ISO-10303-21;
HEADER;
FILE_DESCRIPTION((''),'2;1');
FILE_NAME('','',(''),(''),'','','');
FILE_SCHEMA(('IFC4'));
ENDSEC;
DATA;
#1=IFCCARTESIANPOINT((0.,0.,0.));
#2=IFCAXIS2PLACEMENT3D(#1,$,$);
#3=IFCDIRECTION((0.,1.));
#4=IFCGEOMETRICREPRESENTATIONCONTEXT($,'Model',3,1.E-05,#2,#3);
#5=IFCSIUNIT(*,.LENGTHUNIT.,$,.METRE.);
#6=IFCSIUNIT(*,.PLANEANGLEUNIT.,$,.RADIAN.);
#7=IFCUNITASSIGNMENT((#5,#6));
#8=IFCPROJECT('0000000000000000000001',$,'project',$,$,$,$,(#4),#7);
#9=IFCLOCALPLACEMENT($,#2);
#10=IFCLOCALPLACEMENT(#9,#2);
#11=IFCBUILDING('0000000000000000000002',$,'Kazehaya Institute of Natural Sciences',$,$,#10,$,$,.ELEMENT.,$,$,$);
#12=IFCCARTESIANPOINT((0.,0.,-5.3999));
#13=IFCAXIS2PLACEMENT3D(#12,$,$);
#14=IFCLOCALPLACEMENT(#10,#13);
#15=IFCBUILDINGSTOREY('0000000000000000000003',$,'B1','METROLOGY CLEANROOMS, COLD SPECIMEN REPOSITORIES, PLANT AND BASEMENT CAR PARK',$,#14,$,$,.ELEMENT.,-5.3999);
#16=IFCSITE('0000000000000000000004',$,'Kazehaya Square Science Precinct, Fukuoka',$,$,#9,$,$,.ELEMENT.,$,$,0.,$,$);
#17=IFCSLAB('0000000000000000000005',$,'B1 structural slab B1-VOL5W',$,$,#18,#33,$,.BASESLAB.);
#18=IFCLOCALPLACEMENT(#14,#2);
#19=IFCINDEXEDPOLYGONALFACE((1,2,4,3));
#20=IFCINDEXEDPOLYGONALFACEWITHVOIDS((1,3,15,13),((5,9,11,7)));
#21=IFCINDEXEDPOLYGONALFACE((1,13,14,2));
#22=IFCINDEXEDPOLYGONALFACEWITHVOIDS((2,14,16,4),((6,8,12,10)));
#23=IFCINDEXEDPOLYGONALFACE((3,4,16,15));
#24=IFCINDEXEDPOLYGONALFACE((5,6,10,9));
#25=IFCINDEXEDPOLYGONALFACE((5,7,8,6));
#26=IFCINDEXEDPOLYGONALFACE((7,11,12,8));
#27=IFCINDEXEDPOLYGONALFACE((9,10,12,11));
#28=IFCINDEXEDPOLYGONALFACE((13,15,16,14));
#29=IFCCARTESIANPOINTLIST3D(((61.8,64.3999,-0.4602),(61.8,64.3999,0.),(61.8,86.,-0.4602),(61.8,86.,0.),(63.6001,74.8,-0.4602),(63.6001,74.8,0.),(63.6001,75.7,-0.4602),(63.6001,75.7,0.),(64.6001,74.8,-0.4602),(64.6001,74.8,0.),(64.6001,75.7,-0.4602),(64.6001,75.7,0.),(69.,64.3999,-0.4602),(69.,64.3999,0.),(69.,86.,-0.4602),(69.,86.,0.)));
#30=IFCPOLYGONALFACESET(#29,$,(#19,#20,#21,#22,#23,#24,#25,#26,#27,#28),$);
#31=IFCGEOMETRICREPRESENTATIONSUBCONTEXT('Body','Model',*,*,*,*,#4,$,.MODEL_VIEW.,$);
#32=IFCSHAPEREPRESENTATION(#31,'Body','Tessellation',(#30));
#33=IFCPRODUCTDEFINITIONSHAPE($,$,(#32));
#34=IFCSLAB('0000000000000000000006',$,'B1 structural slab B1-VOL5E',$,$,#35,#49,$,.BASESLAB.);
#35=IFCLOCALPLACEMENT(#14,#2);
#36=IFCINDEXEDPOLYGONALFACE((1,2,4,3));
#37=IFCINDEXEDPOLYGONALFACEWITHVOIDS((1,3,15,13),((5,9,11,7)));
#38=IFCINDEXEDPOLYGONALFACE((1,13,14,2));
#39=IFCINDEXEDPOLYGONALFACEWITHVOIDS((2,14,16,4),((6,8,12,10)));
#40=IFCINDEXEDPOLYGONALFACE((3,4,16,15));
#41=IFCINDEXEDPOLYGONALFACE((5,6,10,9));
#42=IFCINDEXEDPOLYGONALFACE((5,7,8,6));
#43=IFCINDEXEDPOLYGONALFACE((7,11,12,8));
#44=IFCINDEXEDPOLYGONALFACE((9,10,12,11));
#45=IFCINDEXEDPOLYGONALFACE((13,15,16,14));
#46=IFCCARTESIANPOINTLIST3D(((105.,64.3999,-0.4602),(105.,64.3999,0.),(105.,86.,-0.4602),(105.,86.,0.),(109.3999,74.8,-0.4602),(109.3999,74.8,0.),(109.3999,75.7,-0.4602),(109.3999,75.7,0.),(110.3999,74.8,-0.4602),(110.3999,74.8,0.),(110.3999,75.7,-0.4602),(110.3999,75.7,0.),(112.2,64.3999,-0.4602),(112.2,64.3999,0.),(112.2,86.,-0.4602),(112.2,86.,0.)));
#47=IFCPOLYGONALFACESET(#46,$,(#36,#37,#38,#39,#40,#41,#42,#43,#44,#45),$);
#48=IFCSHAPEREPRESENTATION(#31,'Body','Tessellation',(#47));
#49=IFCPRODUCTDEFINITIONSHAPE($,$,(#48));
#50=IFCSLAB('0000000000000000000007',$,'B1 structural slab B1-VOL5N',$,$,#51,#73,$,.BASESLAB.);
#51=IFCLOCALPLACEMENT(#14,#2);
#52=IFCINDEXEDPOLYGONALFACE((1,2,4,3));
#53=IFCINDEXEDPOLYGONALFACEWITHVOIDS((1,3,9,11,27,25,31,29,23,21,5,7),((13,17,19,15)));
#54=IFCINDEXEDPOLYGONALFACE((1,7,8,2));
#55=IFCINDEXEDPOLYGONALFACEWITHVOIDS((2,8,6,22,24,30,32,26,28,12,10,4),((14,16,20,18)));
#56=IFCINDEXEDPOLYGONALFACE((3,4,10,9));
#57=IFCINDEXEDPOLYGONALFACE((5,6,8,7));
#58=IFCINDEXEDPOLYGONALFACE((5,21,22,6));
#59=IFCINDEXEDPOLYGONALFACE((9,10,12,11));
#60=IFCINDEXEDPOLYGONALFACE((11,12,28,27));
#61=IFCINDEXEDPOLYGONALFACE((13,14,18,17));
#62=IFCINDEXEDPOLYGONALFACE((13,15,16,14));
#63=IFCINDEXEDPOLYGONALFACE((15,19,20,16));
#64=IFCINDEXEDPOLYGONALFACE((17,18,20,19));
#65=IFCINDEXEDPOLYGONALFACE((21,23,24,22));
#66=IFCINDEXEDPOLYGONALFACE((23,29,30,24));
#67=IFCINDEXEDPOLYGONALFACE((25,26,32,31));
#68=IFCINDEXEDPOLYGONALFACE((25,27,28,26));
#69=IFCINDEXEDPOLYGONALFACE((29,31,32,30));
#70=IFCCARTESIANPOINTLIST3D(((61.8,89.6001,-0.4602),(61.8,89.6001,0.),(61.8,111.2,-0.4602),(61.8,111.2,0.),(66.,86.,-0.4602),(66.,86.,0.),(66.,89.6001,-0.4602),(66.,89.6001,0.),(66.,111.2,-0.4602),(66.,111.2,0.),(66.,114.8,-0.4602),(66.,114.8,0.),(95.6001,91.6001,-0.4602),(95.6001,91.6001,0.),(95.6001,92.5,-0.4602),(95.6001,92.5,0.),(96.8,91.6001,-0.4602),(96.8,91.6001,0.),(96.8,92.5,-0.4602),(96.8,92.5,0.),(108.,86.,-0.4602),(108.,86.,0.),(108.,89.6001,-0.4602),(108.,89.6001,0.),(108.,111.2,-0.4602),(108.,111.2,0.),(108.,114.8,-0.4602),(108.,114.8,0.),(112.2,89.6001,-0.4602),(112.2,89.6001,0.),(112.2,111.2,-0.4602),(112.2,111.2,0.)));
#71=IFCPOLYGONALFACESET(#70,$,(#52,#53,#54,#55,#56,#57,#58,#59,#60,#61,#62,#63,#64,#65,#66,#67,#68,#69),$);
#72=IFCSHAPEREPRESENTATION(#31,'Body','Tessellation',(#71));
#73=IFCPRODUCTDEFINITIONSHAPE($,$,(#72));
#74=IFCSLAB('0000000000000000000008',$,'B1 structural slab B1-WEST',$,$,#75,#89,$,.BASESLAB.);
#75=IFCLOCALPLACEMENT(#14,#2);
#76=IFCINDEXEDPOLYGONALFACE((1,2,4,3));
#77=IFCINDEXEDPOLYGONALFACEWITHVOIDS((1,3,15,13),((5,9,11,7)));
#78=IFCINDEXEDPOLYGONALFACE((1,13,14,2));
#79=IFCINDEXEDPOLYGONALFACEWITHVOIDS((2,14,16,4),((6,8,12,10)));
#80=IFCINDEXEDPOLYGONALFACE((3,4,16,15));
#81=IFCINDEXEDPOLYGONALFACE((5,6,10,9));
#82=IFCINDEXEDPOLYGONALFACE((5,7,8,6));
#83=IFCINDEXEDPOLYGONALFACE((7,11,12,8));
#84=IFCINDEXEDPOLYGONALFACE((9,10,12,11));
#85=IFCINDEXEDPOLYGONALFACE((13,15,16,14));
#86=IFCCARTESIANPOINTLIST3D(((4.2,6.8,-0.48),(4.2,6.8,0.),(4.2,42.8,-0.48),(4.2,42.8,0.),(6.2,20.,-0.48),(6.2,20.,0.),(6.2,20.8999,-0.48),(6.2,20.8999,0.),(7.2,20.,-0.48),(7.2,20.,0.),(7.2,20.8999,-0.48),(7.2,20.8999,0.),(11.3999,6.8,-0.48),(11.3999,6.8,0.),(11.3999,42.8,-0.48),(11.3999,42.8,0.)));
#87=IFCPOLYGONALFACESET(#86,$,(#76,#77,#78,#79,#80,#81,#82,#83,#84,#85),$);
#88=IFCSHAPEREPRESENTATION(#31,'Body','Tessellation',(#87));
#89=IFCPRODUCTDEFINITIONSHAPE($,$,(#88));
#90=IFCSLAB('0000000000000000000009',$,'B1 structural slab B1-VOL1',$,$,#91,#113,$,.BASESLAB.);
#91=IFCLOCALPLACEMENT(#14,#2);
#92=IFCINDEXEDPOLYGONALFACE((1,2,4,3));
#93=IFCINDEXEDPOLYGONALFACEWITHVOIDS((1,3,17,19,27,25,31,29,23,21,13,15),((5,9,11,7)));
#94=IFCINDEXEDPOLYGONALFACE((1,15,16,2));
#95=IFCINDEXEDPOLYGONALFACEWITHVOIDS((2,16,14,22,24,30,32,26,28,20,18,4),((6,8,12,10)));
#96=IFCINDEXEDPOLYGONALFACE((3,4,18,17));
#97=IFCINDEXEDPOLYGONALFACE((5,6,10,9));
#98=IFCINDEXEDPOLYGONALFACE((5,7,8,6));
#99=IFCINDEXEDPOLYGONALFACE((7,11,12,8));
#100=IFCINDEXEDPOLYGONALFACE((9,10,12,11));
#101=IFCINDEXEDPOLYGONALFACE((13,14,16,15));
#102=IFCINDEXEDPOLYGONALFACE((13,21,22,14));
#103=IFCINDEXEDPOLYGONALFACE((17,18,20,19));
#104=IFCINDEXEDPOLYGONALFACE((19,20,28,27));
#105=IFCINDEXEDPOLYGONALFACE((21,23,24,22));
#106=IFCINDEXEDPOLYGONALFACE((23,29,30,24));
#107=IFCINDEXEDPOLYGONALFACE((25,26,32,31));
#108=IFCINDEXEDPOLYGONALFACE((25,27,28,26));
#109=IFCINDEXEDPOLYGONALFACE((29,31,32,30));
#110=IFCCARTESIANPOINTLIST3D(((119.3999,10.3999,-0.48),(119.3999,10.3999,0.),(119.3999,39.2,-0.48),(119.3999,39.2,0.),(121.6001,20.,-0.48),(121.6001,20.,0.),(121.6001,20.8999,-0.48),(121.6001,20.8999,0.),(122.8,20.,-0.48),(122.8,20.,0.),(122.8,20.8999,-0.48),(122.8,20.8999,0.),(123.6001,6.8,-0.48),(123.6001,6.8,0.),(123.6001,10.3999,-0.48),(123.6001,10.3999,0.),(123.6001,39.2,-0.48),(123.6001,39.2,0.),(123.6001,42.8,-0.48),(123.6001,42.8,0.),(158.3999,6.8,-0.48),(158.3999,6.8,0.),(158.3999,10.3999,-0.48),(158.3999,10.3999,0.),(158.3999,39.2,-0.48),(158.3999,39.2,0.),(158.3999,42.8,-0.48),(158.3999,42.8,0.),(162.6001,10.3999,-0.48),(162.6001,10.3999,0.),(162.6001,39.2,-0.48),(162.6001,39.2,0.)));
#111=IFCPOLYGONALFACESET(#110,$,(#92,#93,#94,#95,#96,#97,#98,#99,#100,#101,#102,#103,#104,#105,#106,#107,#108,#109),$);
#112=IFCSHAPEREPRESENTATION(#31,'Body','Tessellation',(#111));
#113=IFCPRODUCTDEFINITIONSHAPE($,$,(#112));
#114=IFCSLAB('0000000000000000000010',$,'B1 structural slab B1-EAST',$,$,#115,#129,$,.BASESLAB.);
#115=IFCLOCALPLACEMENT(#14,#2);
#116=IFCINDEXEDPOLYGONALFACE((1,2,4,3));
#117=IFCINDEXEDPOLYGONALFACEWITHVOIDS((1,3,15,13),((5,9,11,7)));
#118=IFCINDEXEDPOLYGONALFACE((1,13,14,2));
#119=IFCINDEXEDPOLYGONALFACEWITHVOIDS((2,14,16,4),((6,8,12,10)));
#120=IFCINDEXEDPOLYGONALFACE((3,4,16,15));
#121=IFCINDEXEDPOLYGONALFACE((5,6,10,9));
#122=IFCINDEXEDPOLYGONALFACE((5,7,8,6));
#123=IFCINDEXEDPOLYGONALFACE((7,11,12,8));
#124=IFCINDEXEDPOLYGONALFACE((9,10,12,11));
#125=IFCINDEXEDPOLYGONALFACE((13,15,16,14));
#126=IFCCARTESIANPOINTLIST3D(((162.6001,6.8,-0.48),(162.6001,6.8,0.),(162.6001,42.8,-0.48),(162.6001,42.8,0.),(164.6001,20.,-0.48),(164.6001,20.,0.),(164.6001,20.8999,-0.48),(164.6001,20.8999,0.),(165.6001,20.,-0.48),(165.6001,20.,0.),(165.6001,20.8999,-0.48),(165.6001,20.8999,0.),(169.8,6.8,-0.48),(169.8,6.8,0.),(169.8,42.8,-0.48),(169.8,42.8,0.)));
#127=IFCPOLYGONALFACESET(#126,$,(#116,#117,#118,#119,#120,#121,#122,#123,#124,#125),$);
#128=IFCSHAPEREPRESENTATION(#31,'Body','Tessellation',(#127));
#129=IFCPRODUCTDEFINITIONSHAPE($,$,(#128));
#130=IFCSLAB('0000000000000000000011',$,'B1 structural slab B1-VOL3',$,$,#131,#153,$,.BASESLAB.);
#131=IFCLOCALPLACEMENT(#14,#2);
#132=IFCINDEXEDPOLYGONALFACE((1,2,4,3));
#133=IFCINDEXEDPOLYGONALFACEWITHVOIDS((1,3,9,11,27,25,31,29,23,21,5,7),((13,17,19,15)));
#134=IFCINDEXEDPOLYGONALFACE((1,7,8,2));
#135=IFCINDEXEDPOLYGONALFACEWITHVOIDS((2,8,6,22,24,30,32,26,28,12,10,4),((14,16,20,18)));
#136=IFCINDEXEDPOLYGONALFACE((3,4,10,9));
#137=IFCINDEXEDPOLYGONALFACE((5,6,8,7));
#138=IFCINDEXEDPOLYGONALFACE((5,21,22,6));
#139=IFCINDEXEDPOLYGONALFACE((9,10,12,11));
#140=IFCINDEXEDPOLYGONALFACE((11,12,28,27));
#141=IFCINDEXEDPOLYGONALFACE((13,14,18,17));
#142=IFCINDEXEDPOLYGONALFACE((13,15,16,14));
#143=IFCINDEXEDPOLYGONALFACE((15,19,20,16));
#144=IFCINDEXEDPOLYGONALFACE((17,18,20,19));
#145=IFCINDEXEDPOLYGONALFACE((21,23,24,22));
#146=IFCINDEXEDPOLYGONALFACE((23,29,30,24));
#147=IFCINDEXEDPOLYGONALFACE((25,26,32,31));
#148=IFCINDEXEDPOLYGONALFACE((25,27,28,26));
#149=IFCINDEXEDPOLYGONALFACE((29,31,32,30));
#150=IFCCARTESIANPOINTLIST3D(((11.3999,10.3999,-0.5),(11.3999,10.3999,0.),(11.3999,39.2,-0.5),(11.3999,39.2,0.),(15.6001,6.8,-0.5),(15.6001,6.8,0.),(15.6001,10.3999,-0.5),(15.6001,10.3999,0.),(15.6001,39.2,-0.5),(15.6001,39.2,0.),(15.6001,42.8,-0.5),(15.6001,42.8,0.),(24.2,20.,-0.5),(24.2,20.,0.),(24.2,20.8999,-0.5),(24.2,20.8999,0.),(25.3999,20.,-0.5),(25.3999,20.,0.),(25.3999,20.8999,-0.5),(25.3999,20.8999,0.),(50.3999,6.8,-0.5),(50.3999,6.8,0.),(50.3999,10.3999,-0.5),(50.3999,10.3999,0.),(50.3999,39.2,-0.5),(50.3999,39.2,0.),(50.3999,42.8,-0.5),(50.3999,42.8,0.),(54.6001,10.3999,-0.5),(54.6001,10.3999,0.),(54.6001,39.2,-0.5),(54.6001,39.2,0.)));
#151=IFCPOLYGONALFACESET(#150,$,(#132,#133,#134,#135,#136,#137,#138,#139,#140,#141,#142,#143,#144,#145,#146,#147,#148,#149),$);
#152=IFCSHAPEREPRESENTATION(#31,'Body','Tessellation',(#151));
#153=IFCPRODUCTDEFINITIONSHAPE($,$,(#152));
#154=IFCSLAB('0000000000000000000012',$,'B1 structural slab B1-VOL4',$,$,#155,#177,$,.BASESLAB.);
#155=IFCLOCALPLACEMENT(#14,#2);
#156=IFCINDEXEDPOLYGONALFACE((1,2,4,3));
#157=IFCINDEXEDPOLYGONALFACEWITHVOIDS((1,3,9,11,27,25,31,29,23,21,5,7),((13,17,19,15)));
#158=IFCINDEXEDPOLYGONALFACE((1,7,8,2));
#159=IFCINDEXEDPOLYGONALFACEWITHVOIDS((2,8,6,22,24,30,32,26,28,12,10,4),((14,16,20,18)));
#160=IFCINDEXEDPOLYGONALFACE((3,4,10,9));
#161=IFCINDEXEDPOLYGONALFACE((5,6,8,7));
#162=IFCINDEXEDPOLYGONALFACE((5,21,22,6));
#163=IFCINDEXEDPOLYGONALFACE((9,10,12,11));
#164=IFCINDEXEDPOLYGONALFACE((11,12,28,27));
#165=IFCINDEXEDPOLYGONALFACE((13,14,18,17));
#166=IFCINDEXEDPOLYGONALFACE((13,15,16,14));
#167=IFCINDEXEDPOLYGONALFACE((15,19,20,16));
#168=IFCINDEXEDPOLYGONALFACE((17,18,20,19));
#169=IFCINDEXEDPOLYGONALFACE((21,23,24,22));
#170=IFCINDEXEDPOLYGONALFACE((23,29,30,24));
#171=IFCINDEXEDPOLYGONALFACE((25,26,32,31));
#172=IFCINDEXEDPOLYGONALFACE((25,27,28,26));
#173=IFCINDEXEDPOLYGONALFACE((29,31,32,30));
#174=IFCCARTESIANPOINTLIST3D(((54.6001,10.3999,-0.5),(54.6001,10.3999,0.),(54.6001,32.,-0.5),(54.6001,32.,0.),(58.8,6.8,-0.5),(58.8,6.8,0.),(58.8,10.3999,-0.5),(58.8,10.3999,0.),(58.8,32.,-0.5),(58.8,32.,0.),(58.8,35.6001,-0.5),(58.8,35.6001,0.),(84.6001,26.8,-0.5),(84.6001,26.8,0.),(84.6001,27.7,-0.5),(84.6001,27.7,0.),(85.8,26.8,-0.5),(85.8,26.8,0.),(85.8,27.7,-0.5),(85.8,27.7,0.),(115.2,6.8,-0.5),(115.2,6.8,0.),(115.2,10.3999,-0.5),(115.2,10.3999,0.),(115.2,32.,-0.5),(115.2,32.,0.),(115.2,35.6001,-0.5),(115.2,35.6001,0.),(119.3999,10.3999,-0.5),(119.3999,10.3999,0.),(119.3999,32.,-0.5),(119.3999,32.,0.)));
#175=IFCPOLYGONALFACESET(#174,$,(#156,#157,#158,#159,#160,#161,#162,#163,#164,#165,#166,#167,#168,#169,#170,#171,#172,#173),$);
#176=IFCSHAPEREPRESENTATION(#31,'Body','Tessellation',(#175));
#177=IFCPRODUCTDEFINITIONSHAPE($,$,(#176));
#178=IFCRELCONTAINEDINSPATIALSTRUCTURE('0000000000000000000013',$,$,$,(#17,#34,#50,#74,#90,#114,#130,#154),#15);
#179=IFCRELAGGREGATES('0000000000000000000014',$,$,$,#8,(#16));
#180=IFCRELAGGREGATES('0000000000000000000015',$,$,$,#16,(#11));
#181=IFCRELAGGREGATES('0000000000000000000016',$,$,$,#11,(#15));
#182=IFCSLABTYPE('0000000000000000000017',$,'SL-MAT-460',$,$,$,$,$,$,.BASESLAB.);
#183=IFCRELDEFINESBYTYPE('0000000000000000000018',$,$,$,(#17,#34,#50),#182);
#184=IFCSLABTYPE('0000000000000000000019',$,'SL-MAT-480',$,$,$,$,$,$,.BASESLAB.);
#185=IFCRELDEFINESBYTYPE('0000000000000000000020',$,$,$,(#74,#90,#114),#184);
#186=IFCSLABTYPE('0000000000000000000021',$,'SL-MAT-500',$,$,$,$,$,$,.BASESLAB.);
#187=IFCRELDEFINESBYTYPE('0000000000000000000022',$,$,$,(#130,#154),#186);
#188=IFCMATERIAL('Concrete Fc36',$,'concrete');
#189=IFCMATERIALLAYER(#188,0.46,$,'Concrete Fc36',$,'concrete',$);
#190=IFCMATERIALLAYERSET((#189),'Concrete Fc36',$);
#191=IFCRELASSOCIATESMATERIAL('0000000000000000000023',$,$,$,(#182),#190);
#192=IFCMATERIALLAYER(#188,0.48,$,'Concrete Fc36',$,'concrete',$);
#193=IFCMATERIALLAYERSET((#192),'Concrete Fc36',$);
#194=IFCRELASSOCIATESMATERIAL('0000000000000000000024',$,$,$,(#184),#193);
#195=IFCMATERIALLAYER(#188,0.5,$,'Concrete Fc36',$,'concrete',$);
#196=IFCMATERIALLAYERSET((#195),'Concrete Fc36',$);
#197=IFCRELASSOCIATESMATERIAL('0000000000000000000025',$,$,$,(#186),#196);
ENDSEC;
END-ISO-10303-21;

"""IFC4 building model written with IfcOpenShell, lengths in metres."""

from ifc_helpers import new_model, si_unit, direction, frame, origin, place, context, subcontext, project, spatial, polyline, outline, extrude, material, layer, layer_set, type_object, element, save


model = new_model("IFC4")

# Units and contexts
model_context = context("Model", 3, precision=1e-05, world=origin(), true_north=direction((0.0, 1.0)))
body_context = subcontext(model_context, "Body", "Model", "MODEL_VIEW")
ifc_project = project(units=[si_unit("LENGTHUNIT", "METRE"), si_unit("PLANEANGLEUNIT", "RADIAN")], contexts=[model_context])

# Site, building, storey
site_placement = place(None, origin())
site = spatial("IfcSite", under=ifc_project, at=site_placement, Name="Kazehaya Square Science Precinct, Fukuoka", CompositionType="ELEMENT", RefElevation=0.0)
building_placement = place(site_placement, origin())
building = spatial("IfcBuilding", under=site, at=building_placement, Name="Kazehaya Institute of Natural Sciences", CompositionType="ELEMENT")
storey_placement = place(building_placement, frame((0.0, 0.0, -5.3999)))
storey = spatial("IfcBuildingStorey", under=building, at=storey_placement, Name="B1", Description="METROLOGY CLEANROOMS, COLD SPECIMEN REPOSITORIES, PLANT AND BASEMENT CAR PARK", CompositionType="ELEMENT", Elevation=-5.3999)

# Shared definitions
ifc_material = material(Name="Concrete Fc36", Category="concrete")

# Slabs
ifc_layer_1 = layer(ifc_material, 0.46, Name="Concrete Fc36", Category="concrete")
ifc_layer_set_1 = layer_set([ifc_layer_1], Name="Concrete Fc36")
slab_type_1 = type_object("IfcSlabType", Name="SL-MAT-460", PredefinedType="BASESLAB", material=ifc_layer_set_1)
slab_1_placement = place(storey_placement, frame((0.0, 0.0, -0.4602)))
element("IfcSlab", 1, at=slab_1_placement, inside=storey, type_object=slab_type_1, Name="B1 structural slab B1-VOL5W", PredefinedType="BASESLAB", context=body_context, shape_type="SweptSolid", body=[
    extrude(outline(polyline([(61.8, 64.3999), (69.0, 64.3999), (69.0, 86.0), (61.8, 86.0), (61.8, 64.3999)]), holes=[polyline([(63.6001, 74.8), (64.6001, 74.8), (64.6001, 75.7), (63.6001, 75.7), (63.6001, 74.8)])]), origin(), (0.0, 0.0, 1.0), 0.4602),
])
slab_2_placement = place(storey_placement, frame((0.0, 0.0, -0.4602)))
element("IfcSlab", 2, at=slab_2_placement, inside=storey, type_object=slab_type_1, Name="B1 structural slab B1-VOL5E", PredefinedType="BASESLAB", context=body_context, shape_type="SweptSolid", body=[
    extrude(outline(polyline([(105.0, 64.3999), (112.2, 64.3999), (112.2, 86.0), (105.0, 86.0), (105.0, 64.3999)]), holes=[polyline([(109.3999, 74.8), (110.3999, 74.8), (110.3999, 75.7), (109.3999, 75.7), (109.3999, 74.8)])]), origin(), (0.0, 0.0, 1.0), 0.4602),
])
slab_3_placement = place(storey_placement, frame((0.0, 0.0, -0.4602)))
element("IfcSlab", 3, at=slab_3_placement, inside=storey, type_object=slab_type_1, Name="B1 structural slab B1-VOL5N", PredefinedType="BASESLAB", context=body_context, shape_type="SweptSolid", body=[
    extrude(outline(polyline([(66.0, 86.0), (108.0, 86.0), (108.0, 89.6001), (112.2, 89.6001), (112.2, 111.2), (108.0, 111.2), (108.0, 114.8), (66.0, 114.8), (66.0, 111.2), (61.8, 111.2), (61.8, 89.6001), (66.0, 89.6001), (66.0, 86.0)]), holes=[polyline([(95.6001, 91.6001), (96.8, 91.6001), (96.8, 92.5), (95.6001, 92.5), (95.6001, 91.6001)])]), origin(), (0.0, 0.0, 1.0), 0.4602),
])
ifc_layer_2 = layer(ifc_material, 0.48, Name="Concrete Fc36", Category="concrete")
ifc_layer_set_2 = layer_set([ifc_layer_2], Name="Concrete Fc36")
slab_type_2 = type_object("IfcSlabType", Name="SL-MAT-480", PredefinedType="BASESLAB", material=ifc_layer_set_2)
slab_4_placement = place(storey_placement, frame((0.0, 0.0, -0.48)))
element("IfcSlab", 4, at=slab_4_placement, inside=storey, type_object=slab_type_2, Name="B1 structural slab B1-WEST", PredefinedType="BASESLAB", context=body_context, shape_type="SweptSolid", body=[
    extrude(outline(polyline([(4.2, 6.8), (11.3999, 6.8), (11.3999, 42.8), (4.2, 42.8), (4.2, 6.8)]), holes=[polyline([(6.2, 20.0), (7.2, 20.0), (7.2, 20.8999), (6.2, 20.8999), (6.2, 20.0)])]), origin(), (0.0, 0.0, 1.0), 0.48),
])
slab_5_placement = place(storey_placement, frame((0.0, 0.0, -0.48)))
element("IfcSlab", 5, at=slab_5_placement, inside=storey, type_object=slab_type_2, Name="B1 structural slab B1-VOL1", PredefinedType="BASESLAB", context=body_context, shape_type="SweptSolid", body=[
    extrude(outline(polyline([(123.6001, 6.8), (158.3999, 6.8), (158.3999, 10.3999), (162.6001, 10.3999), (162.6001, 39.2), (158.3999, 39.2), (158.3999, 42.8), (123.6001, 42.8), (123.6001, 39.2), (119.3999, 39.2), (119.3999, 10.3999), (123.6001, 10.3999), (123.6001, 6.8)]), holes=[polyline([(121.6001, 20.0), (122.8, 20.0), (122.8, 20.8999), (121.6001, 20.8999), (121.6001, 20.0)])]), origin(), (0.0, 0.0, 1.0), 0.48),
])
slab_6_placement = place(storey_placement, frame((0.0, 0.0, -0.48)))
element("IfcSlab", 6, at=slab_6_placement, inside=storey, type_object=slab_type_2, Name="B1 structural slab B1-EAST", PredefinedType="BASESLAB", context=body_context, shape_type="SweptSolid", body=[
    extrude(outline(polyline([(162.6001, 6.8), (169.8, 6.8), (169.8, 42.8), (162.6001, 42.8), (162.6001, 6.8)]), holes=[polyline([(164.6001, 20.0), (165.6001, 20.0), (165.6001, 20.8999), (164.6001, 20.8999), (164.6001, 20.0)])]), origin(), (0.0, 0.0, 1.0), 0.48),
])
ifc_layer_3 = layer(ifc_material, 0.5, Name="Concrete Fc36", Category="concrete")
ifc_layer_set_3 = layer_set([ifc_layer_3], Name="Concrete Fc36")
slab_type_3 = type_object("IfcSlabType", Name="SL-MAT-500", PredefinedType="BASESLAB", material=ifc_layer_set_3)
slab_7_placement = place(storey_placement, frame((0.0, 0.0, -0.5)))
element("IfcSlab", 7, at=slab_7_placement, inside=storey, type_object=slab_type_3, Name="B1 structural slab B1-VOL3", PredefinedType="BASESLAB", context=body_context, shape_type="SweptSolid", body=[
    extrude(outline(polyline([(15.6001, 6.8), (50.3999, 6.8), (50.3999, 10.3999), (54.6001, 10.3999), (54.6001, 39.2), (50.3999, 39.2), (50.3999, 42.8), (15.6001, 42.8), (15.6001, 39.2), (11.3999, 39.2), (11.3999, 10.3999), (15.6001, 10.3999), (15.6001, 6.8)]), holes=[polyline([(24.2, 20.0), (25.3999, 20.0), (25.3999, 20.8999), (24.2, 20.8999), (24.2, 20.0)])]), origin(), (0.0, 0.0, 1.0), 0.5),
])
slab_8_placement = place(storey_placement, frame((0.0, 0.0, -0.5)))
element("IfcSlab", 8, at=slab_8_placement, inside=storey, type_object=slab_type_3, Name="B1 structural slab B1-VOL4", PredefinedType="BASESLAB", context=body_context, shape_type="SweptSolid", body=[
    extrude(outline(polyline([(58.8, 6.8), (115.2, 6.8), (115.2, 10.3999), (119.3999, 10.3999), (119.3999, 32.0), (115.2, 32.0), (115.2, 35.6001), (58.8, 35.6001), (58.8, 32.0), (54.6001, 32.0), (54.6001, 10.3999), (58.8, 10.3999), (58.8, 6.8)]), holes=[polyline([(84.6001, 26.8), (85.8, 26.8), (85.8, 27.7), (84.6001, 27.7), (84.6001, 26.8)])]), origin(), (0.0, 0.0, 1.0), 0.5),
])

save(model, "model.ifc")
